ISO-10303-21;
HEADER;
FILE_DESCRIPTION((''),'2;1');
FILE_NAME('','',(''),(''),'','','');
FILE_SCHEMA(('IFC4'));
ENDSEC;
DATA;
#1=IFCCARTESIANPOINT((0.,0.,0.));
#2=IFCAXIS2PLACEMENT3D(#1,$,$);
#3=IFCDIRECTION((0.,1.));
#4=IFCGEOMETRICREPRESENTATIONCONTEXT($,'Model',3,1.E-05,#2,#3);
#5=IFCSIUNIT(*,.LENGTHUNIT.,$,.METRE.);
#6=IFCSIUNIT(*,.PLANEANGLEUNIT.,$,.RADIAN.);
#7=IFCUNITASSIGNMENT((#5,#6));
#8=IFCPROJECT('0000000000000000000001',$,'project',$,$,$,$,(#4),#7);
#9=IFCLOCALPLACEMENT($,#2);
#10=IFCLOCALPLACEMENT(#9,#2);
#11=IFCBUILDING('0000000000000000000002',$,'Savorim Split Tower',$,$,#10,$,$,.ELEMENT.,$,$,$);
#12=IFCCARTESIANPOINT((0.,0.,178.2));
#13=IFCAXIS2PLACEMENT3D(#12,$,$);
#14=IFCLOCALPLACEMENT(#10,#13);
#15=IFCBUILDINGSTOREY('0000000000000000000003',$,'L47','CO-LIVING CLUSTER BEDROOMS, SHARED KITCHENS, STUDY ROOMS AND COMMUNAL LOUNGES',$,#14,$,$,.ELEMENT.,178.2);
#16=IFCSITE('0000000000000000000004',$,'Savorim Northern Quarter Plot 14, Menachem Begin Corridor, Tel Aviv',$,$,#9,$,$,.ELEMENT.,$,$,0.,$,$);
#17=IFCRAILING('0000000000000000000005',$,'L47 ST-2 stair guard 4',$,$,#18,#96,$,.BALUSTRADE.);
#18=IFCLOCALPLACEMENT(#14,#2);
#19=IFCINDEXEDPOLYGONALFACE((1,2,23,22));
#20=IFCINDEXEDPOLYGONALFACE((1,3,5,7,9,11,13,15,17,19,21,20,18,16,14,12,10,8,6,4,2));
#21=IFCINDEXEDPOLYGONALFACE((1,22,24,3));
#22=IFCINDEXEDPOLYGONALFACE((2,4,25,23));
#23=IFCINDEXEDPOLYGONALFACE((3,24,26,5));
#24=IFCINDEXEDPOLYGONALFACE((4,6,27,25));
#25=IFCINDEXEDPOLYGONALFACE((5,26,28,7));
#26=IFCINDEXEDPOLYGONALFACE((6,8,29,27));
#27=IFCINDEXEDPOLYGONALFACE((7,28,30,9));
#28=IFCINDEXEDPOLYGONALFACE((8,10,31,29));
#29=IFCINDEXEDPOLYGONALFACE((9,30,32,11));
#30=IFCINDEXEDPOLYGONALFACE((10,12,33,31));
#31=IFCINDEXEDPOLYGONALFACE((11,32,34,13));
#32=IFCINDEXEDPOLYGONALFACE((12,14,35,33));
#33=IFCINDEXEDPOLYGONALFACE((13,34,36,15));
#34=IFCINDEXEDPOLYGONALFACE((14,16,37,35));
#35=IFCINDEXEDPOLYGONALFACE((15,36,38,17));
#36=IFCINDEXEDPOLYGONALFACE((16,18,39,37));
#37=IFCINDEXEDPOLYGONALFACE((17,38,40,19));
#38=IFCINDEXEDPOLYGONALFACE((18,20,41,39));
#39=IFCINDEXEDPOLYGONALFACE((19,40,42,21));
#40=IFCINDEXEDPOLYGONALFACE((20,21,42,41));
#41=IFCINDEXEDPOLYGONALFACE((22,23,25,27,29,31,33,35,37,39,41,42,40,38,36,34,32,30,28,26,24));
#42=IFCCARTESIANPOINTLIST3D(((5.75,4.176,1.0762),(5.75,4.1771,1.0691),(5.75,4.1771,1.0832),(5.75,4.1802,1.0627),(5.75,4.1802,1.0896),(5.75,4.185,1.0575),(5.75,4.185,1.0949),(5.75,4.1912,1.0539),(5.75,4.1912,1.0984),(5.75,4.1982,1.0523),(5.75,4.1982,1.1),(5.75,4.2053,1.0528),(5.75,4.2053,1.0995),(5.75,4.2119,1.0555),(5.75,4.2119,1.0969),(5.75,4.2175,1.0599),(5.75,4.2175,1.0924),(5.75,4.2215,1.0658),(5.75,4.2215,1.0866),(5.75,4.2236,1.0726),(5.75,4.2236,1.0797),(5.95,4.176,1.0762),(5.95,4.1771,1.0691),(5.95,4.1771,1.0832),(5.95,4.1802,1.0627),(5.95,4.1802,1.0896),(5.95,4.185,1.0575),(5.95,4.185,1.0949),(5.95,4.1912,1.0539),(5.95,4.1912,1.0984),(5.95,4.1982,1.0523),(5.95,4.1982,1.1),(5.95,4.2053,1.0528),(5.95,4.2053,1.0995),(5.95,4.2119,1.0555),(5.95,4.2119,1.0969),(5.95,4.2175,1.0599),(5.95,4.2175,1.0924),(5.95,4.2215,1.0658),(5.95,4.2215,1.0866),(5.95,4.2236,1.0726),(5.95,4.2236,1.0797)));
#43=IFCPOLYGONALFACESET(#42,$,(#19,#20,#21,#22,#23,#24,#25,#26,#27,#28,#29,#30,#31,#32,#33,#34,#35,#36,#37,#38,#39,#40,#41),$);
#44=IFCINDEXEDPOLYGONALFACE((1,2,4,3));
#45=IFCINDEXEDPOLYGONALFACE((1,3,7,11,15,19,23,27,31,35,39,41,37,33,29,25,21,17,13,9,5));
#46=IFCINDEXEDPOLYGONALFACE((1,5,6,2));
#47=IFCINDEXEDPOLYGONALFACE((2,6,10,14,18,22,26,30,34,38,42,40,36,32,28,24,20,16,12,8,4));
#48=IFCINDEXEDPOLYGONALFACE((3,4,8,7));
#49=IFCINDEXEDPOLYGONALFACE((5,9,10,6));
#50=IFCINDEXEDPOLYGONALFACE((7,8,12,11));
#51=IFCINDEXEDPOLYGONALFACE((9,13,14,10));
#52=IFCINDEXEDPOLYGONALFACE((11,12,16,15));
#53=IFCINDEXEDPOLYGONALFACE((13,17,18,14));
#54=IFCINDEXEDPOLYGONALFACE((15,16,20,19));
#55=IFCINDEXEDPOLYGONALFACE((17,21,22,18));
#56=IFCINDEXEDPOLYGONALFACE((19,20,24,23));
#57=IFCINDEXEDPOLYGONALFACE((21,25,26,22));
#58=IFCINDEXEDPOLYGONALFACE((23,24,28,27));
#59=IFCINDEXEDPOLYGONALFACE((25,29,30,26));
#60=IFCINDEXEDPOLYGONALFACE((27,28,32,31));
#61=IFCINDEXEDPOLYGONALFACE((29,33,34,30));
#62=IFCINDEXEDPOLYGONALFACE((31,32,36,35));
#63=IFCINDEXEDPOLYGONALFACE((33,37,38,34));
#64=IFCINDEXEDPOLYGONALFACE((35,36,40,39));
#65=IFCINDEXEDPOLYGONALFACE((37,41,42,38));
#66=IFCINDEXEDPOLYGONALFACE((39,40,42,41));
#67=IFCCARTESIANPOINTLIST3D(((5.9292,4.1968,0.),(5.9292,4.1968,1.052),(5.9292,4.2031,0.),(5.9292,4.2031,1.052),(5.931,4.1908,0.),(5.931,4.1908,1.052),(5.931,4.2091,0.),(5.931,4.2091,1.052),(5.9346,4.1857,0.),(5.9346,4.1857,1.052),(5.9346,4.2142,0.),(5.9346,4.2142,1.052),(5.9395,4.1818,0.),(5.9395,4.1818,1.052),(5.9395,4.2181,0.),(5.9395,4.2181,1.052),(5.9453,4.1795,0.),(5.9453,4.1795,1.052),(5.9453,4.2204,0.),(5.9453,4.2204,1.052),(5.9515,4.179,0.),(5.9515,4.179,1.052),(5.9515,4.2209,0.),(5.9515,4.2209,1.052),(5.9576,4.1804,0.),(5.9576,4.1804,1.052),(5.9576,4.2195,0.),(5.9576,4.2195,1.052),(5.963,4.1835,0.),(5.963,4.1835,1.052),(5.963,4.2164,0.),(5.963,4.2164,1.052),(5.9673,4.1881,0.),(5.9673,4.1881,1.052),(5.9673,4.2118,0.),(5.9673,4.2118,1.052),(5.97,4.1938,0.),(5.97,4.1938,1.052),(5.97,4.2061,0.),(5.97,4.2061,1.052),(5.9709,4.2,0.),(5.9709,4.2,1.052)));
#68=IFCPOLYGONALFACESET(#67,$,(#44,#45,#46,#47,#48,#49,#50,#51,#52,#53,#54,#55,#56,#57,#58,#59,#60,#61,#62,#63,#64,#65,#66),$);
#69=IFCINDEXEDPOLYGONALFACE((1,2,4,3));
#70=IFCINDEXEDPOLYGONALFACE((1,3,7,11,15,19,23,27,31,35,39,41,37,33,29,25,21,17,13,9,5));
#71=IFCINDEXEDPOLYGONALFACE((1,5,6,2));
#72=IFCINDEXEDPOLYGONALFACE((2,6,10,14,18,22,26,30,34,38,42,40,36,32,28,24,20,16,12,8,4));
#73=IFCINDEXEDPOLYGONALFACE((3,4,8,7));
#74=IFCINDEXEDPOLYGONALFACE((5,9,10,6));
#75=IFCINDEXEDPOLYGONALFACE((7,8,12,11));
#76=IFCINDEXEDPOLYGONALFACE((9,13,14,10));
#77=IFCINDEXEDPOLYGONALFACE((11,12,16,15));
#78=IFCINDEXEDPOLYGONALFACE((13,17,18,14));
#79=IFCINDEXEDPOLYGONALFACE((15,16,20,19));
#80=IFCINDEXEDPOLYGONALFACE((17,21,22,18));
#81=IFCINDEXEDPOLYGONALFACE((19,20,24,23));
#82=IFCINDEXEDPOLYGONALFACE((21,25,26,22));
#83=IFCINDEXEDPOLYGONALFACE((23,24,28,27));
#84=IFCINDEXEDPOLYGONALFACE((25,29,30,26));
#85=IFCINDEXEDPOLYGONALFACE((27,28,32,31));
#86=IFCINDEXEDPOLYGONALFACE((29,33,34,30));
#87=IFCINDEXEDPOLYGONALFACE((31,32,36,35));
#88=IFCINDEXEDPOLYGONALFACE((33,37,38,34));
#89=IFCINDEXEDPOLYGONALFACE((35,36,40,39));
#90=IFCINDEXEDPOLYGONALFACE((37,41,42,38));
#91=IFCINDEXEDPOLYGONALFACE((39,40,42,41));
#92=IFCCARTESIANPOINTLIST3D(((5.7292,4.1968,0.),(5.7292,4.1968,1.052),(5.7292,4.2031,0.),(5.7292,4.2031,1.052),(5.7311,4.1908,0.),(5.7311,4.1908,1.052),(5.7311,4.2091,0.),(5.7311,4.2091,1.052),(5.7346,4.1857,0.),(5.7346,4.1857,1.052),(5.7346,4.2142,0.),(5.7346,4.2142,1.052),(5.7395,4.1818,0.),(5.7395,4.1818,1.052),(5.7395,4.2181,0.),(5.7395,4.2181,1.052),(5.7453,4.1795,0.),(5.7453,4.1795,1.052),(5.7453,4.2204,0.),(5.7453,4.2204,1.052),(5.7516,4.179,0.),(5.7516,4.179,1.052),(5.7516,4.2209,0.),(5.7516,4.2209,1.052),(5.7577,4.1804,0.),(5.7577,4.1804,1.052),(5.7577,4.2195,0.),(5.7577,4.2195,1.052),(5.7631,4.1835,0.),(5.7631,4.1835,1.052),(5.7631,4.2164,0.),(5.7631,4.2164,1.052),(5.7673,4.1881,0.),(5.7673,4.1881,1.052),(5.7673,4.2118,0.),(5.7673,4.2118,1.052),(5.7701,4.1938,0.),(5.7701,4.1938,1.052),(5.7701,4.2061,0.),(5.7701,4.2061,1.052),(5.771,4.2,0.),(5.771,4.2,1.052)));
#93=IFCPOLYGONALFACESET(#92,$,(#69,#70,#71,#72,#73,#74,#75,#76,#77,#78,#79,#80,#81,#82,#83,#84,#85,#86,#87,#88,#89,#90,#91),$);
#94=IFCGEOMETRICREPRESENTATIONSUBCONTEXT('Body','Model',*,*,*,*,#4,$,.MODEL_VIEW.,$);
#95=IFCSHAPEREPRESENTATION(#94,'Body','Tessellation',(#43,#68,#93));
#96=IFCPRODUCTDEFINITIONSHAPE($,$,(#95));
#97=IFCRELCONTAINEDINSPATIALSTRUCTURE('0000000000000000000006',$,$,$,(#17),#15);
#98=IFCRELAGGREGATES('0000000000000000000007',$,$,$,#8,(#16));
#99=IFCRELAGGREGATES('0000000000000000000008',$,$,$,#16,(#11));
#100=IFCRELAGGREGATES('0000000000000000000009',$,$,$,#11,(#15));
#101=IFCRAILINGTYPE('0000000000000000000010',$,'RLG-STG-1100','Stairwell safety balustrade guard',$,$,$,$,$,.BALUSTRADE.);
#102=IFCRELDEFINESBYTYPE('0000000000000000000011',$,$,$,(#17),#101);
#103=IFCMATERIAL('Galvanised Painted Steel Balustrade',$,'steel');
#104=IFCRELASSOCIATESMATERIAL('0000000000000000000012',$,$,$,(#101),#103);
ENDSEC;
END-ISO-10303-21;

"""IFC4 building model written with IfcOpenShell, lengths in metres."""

from ifc_helpers import new_model, si_unit, direction, frame, origin, origin_2d, place, context, subcontext, project, spatial, circle, extrude, material, type_object, element, save


model = new_model("IFC4")

# Units and contexts
model_context = context("Model", 3, precision=1e-05, world=origin(), true_north=direction((0.0, 1.0)))
body_context = subcontext(model_context, "Body", "Model", "MODEL_VIEW")
ifc_project = project(units=[si_unit("LENGTHUNIT", "METRE"), si_unit("PLANEANGLEUNIT", "RADIAN")], contexts=[model_context])

# Site, building, storey
site_placement = place(None, origin())
site = spatial("IfcSite", under=ifc_project, at=site_placement, Name="Savorim Northern Quarter Plot 14, Menachem Begin Corridor, Tel Aviv", CompositionType="ELEMENT", RefElevation=0.0)
building_placement = place(site_placement, origin())
building = spatial("IfcBuilding", under=site, at=building_placement, Name="Savorim Split Tower", CompositionType="ELEMENT")
storey_placement = place(building_placement, frame((0.0, 0.0, 178.2)))
storey = spatial("IfcBuildingStorey", under=building, at=storey_placement, Name="L47", Description="CO-LIVING CLUSTER BEDROOMS, SHARED KITCHENS, STUDY ROOMS AND COMMUNAL LOUNGES", CompositionType="ELEMENT", Elevation=178.2)

# Railing
ifc_material_1 = material(Name="Galvanised Painted Steel Balustrade", Category="steel")
railing_type_1 = type_object("IfcRailingType", Name="RLG-STG-1100", Description="Stairwell safety balustrade guard", PredefinedType="BALUSTRADE", material=ifc_material_1)
railing_1_placement = place(storey_placement, frame((5.95, 4.2, 0.0)))
element("IfcRailing", 1, at=railing_1_placement, inside=storey, type_object=railing_type_1, Name="L47 ST-2 stair guard 4", PredefinedType="BALUSTRADE", context=body_context, shape_type="SweptSolid", body=[
    extrude(circle(Radius=0.0239, at=origin_2d()), frame((0.0, 0.0, 1.0762), z_axis=(-1.0, 0.0, 0.0), x_axis=(0.0, -1.0, 0.0)), (0.0, 0.0, 1.0), 0.2),
    extrude(circle(Radius=0.021, at=origin_2d()), origin(), (0.0, 0.0, 1.0), 1.052),
    extrude(circle(Radius=0.021, at=origin_2d()), frame((-0.2, 0.0, 0.0)), (0.0, 0.0, 1.0), 1.052),
])

save(model, "model.ifc")
